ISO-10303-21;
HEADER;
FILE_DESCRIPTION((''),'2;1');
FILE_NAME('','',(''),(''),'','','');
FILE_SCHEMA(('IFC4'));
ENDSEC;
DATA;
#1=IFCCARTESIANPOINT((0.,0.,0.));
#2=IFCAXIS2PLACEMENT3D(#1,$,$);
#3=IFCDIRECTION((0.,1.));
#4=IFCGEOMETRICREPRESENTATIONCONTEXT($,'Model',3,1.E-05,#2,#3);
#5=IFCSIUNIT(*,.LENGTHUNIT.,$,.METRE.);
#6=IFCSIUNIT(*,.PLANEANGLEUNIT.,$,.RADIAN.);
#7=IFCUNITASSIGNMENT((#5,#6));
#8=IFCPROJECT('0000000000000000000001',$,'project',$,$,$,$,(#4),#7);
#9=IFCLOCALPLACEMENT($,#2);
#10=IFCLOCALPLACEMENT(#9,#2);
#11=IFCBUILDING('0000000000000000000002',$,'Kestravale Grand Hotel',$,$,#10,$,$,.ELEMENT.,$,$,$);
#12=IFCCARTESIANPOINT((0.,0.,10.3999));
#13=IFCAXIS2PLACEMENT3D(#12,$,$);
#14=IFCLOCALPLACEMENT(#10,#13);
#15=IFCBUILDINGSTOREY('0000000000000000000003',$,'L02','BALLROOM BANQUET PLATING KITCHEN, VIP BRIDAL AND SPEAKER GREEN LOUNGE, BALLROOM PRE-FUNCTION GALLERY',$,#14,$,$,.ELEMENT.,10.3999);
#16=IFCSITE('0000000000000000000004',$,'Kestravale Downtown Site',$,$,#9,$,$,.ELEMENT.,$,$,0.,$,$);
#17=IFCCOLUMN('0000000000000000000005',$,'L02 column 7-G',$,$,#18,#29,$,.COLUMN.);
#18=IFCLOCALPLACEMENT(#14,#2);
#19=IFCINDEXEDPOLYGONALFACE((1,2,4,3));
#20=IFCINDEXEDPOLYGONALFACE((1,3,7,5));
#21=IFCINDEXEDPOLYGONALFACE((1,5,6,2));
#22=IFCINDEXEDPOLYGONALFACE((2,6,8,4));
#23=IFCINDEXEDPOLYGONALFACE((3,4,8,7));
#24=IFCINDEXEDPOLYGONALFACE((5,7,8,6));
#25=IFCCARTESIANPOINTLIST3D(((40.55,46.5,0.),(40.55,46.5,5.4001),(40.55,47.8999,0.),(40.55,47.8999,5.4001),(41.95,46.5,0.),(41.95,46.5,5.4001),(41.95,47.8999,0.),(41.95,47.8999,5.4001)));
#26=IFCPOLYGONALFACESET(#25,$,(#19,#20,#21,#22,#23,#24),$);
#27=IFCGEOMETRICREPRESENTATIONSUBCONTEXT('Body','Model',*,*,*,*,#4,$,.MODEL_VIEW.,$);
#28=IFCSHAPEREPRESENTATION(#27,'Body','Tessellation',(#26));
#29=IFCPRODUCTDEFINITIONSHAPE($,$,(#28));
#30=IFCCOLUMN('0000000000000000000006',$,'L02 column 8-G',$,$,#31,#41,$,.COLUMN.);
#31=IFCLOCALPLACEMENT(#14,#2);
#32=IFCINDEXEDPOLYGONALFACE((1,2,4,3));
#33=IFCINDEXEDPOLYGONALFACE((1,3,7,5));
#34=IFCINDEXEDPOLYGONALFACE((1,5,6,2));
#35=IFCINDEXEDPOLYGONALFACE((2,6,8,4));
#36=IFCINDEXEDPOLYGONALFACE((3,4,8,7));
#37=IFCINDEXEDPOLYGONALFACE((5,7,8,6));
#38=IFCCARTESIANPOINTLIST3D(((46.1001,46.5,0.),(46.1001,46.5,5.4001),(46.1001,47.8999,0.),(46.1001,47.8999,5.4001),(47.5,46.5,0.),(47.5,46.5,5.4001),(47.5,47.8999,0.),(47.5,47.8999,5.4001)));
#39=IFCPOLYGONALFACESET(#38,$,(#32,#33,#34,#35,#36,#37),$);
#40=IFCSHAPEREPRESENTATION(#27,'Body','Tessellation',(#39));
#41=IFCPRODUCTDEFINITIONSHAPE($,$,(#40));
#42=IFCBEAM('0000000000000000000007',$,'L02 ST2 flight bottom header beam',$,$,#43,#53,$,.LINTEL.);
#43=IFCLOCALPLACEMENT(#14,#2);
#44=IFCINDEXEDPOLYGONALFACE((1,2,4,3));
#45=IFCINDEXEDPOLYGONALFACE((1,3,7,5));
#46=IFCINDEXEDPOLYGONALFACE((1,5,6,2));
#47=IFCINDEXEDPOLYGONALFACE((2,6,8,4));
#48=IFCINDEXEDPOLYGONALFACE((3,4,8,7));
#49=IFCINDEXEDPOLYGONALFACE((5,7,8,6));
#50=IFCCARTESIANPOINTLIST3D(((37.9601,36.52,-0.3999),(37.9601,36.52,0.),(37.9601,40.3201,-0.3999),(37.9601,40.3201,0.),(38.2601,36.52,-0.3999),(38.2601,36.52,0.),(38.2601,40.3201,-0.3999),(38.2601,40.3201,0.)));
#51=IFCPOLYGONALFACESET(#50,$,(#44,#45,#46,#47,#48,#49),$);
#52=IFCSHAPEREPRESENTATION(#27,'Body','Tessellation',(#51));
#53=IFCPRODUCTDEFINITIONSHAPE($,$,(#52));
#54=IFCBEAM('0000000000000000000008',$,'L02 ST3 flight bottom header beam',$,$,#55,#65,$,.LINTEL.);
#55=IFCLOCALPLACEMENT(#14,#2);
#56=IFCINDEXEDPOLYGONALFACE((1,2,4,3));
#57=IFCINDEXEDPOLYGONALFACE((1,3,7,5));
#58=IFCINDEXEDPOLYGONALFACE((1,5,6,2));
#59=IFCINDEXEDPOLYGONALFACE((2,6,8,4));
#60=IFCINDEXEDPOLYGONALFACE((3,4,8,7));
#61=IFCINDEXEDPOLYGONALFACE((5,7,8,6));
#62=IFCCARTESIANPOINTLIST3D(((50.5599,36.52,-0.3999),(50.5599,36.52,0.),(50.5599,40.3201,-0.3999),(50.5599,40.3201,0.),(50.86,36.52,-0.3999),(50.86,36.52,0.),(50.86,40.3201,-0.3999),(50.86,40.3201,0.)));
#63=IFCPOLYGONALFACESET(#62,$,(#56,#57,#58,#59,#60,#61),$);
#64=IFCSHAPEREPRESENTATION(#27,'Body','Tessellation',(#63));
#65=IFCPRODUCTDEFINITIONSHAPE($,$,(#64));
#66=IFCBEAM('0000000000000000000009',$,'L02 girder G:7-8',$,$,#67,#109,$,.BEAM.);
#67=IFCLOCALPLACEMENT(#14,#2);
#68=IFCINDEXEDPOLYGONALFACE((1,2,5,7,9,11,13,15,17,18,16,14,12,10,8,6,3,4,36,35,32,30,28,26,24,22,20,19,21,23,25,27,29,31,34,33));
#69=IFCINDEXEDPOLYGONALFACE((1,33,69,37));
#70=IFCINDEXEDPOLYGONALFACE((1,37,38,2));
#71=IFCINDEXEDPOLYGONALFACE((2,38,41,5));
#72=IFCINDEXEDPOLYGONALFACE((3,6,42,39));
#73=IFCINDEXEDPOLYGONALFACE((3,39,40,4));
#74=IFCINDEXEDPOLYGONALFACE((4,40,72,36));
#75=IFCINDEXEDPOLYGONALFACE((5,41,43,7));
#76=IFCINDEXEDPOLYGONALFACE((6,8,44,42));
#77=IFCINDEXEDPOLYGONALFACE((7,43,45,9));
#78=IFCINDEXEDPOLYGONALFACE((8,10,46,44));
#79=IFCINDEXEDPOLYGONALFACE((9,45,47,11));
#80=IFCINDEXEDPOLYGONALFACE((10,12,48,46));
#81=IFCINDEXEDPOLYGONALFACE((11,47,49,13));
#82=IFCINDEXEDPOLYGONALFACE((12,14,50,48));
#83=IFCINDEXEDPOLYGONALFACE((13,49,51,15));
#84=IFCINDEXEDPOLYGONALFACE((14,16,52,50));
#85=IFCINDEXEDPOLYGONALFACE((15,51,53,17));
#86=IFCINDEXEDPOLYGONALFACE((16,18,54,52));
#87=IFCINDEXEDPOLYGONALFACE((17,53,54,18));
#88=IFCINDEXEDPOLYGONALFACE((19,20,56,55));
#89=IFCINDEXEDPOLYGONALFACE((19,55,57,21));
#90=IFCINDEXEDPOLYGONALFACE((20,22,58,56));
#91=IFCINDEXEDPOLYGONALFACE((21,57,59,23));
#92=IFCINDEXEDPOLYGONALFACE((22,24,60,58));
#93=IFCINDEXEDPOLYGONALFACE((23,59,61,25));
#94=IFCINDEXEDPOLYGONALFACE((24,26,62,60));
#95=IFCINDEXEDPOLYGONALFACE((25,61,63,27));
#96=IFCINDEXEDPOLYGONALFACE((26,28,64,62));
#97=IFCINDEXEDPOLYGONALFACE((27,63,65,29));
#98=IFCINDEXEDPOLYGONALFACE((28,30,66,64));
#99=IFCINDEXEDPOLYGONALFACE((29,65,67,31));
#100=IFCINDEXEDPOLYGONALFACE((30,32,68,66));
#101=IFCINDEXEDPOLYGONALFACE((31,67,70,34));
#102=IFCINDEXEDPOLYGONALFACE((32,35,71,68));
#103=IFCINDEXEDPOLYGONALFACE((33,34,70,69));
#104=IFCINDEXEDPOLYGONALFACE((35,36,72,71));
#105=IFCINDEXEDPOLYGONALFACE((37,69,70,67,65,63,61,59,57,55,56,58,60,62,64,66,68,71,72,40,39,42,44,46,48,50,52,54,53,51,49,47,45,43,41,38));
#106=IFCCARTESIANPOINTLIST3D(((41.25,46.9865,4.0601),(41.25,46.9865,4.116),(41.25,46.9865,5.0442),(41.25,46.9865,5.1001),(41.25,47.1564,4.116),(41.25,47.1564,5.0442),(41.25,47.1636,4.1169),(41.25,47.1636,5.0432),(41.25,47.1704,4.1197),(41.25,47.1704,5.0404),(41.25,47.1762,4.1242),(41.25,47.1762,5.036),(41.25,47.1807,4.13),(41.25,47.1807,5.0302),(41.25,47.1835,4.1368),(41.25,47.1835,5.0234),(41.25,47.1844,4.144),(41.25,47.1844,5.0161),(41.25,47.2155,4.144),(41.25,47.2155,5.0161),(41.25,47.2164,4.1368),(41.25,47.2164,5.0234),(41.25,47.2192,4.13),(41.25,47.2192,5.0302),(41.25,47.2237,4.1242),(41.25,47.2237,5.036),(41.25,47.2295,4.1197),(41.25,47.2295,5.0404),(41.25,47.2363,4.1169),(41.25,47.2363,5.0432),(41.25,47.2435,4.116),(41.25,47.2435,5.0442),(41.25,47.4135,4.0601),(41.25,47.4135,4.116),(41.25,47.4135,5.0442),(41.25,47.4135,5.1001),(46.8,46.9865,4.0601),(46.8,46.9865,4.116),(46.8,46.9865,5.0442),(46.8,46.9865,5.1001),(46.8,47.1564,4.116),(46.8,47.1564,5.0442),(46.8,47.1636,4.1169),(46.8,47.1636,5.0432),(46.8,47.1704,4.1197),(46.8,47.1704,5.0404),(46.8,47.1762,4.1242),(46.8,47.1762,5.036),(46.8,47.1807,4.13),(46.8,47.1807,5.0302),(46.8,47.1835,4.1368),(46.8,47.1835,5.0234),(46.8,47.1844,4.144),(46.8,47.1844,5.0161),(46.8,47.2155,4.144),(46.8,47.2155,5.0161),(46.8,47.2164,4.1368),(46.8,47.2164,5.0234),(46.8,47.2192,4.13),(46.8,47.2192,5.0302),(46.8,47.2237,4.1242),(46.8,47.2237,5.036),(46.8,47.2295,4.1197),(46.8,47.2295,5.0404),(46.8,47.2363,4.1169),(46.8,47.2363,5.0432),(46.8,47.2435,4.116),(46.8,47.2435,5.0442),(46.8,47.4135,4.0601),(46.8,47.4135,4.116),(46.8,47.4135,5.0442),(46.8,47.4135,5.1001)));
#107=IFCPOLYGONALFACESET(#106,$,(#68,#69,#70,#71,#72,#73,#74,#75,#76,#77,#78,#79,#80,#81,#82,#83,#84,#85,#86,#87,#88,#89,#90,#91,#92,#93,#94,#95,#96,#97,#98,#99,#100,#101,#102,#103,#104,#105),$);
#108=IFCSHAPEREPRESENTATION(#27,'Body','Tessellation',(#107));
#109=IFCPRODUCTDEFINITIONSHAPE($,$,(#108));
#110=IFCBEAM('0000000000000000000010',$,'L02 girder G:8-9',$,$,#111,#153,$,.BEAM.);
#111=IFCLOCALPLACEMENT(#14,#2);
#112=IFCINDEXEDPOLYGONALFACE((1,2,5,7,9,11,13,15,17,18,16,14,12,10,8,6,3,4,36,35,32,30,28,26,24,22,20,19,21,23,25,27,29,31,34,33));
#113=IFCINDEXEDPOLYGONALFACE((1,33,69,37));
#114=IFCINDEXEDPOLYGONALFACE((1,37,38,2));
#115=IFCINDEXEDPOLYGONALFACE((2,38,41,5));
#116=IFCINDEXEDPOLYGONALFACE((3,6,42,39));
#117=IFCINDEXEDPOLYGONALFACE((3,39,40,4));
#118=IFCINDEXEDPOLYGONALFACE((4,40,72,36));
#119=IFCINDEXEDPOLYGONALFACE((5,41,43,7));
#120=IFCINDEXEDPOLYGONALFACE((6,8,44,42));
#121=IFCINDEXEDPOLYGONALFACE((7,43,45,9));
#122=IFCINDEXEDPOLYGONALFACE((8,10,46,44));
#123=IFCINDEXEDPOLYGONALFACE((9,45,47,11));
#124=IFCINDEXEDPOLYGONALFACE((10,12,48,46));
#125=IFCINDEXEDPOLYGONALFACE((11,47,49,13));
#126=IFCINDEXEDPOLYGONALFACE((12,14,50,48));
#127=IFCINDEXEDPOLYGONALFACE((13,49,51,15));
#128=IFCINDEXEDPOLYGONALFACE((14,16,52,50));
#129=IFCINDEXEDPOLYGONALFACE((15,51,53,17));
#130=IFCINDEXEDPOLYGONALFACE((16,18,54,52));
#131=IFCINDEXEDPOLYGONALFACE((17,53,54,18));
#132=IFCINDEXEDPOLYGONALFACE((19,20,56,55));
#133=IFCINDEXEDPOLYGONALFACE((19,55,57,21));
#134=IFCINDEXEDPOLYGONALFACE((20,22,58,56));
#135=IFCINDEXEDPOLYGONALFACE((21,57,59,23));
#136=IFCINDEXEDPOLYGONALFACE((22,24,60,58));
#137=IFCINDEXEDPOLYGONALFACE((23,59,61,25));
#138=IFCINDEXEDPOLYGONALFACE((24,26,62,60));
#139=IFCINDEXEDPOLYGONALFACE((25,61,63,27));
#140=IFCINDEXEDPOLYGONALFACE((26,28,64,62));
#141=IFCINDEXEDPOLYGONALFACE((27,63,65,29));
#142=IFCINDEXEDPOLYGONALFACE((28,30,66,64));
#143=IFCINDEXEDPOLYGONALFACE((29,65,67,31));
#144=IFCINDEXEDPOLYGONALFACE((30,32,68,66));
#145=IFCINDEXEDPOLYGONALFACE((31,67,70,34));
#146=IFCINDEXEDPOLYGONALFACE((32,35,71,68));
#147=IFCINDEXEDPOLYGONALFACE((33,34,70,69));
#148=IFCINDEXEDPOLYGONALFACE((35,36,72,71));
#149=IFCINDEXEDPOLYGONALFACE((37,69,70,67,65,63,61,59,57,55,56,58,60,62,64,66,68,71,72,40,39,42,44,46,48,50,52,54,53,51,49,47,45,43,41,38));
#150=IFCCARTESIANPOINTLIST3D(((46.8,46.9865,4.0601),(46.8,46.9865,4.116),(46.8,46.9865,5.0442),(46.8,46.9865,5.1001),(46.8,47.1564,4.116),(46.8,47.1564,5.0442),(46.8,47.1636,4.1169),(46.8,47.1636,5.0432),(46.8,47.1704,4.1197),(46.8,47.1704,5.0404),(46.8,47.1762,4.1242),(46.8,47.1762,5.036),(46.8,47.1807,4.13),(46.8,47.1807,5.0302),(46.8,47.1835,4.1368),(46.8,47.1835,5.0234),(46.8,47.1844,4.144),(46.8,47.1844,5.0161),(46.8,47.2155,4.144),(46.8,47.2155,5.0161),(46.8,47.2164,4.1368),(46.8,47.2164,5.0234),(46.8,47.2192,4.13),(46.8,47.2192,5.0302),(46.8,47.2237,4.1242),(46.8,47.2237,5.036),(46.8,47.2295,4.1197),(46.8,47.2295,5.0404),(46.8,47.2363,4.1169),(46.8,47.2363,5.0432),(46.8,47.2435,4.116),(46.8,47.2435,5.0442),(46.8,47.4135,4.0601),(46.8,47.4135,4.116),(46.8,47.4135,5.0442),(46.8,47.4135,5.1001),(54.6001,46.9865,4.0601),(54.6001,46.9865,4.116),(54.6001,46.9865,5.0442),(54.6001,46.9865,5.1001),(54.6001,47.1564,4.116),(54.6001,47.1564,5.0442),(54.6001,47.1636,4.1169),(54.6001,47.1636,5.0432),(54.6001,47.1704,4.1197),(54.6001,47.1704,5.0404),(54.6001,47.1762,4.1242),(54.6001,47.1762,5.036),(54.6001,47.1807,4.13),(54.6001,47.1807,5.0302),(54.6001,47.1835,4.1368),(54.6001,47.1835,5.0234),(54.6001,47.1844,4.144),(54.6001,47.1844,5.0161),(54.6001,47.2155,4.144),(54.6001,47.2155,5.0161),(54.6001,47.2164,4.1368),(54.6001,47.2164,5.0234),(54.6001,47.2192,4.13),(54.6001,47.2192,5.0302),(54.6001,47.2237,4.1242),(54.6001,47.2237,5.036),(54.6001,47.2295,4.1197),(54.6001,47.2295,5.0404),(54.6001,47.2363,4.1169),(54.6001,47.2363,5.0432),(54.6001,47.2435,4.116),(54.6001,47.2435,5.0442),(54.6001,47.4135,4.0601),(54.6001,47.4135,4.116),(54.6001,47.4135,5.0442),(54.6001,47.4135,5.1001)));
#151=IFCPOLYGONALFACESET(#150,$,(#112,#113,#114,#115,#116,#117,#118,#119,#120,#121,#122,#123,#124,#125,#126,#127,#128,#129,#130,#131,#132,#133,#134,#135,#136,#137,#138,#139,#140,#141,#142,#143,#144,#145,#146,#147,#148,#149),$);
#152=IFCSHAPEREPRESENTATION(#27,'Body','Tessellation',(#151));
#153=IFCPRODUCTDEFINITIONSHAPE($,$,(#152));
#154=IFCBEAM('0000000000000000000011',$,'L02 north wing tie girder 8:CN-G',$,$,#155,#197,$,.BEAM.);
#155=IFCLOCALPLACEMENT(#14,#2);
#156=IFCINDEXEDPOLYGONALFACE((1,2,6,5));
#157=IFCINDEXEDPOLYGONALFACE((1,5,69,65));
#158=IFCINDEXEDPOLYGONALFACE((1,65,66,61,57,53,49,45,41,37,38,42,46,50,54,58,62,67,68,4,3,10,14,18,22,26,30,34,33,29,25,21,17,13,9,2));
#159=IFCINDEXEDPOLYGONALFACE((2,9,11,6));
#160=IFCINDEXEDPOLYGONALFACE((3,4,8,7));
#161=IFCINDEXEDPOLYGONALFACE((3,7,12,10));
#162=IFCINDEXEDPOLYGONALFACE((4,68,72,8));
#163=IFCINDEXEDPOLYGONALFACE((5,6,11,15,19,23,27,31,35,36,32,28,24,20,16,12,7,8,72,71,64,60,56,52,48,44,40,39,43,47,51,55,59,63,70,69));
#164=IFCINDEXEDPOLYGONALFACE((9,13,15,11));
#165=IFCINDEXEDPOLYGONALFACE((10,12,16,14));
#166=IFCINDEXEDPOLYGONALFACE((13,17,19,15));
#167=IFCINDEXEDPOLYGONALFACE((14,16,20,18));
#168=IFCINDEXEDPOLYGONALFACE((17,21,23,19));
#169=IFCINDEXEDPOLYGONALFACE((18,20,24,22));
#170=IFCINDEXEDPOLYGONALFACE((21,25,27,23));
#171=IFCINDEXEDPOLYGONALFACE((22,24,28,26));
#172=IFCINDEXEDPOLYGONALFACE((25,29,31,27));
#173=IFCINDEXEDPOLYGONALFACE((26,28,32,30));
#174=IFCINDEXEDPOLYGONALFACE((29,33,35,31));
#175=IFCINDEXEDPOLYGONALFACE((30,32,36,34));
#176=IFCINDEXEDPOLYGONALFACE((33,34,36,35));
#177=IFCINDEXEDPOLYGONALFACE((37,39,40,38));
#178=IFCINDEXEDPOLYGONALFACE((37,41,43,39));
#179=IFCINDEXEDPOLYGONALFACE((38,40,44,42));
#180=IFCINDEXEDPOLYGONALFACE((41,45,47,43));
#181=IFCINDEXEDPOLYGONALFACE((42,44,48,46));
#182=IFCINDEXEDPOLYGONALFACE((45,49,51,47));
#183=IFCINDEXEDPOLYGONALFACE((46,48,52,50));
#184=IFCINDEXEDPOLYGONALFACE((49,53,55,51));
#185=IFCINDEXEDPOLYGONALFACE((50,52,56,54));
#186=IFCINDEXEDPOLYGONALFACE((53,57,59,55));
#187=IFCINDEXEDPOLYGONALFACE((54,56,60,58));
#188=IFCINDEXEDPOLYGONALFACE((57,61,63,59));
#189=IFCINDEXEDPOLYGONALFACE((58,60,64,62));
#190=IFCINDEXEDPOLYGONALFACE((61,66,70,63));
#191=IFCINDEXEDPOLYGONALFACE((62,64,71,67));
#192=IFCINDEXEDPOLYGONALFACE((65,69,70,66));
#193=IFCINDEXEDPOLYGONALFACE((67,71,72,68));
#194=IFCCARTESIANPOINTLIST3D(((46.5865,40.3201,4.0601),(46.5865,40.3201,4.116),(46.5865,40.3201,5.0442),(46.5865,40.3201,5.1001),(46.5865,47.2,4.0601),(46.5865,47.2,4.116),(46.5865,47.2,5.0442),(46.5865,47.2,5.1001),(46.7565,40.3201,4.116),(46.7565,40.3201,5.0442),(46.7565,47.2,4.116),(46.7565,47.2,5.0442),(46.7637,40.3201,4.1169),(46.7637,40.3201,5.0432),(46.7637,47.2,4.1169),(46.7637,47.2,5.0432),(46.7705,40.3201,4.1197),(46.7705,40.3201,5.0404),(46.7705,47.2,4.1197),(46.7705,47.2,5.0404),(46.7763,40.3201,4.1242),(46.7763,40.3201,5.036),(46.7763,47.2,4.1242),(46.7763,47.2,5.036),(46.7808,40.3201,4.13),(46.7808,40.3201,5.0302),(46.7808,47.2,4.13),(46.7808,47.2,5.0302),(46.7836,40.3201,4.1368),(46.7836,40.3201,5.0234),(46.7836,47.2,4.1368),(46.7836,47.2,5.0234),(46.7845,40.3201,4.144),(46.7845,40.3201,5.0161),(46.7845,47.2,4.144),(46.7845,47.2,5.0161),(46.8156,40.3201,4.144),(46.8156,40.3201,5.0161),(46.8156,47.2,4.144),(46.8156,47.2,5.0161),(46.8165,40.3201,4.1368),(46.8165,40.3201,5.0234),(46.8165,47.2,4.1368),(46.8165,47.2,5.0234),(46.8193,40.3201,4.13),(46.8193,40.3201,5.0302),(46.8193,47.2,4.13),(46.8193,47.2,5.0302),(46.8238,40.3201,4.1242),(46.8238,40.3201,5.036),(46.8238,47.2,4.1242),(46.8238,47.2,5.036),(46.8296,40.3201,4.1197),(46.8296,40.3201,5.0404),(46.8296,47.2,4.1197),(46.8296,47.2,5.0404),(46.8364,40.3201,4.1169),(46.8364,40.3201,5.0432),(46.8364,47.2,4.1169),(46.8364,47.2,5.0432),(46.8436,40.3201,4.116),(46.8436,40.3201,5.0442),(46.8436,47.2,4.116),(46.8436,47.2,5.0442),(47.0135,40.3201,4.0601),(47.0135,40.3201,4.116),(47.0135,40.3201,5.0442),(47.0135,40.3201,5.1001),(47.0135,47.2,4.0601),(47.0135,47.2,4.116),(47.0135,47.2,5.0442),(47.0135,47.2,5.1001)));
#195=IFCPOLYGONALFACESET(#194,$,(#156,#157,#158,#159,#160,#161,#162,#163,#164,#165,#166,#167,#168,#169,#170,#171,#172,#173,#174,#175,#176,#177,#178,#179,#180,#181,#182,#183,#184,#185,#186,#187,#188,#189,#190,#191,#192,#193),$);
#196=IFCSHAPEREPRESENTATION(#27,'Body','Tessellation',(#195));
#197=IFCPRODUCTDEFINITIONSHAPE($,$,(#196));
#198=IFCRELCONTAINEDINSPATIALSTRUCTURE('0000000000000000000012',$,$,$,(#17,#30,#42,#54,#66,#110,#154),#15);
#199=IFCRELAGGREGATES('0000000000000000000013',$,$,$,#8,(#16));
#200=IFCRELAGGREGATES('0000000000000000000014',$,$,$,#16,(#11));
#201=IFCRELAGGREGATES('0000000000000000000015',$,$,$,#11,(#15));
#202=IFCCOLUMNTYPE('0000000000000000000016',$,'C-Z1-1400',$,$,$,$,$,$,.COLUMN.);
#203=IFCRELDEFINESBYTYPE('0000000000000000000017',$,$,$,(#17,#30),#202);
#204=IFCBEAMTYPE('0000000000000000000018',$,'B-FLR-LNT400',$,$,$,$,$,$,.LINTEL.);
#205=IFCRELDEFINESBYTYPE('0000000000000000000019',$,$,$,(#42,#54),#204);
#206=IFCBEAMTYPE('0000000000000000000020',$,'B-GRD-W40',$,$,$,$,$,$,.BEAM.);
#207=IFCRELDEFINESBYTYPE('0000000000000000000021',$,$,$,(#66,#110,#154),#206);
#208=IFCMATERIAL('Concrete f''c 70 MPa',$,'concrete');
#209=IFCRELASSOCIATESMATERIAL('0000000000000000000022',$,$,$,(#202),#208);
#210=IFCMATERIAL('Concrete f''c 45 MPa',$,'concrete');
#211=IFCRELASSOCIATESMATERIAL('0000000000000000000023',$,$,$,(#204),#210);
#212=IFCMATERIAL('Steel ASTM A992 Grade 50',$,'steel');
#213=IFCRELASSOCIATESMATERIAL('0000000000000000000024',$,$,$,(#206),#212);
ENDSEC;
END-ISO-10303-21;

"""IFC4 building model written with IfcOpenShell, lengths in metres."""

from ifc_helpers import new_model, si_unit, direction, frame, origin, origin_2d, place, context, subcontext, project, spatial, rectangle, i_section, extrude, material, material_profile, profile_set, type_object, element, save


model = new_model("IFC4")

# Units and contexts
model_context = context("Model", 3, precision=1e-05, world=origin(), true_north=direction((0.0, 1.0)))
body_context = subcontext(model_context, "Body", "Model", "MODEL_VIEW")
ifc_project = project(units=[si_unit("LENGTHUNIT", "METRE"), si_unit("PLANEANGLEUNIT", "RADIAN")], contexts=[model_context])

# Site, building, storey
site_placement = place(None, origin())
site = spatial("IfcSite", under=ifc_project, at=site_placement, Name="Kestravale Downtown Site", CompositionType="ELEMENT", RefElevation=0.0)
building_placement = place(site_placement, origin())
building = spatial("IfcBuilding", under=site, at=building_placement, Name="Kestravale Grand Hotel", CompositionType="ELEMENT")
storey_placement = place(building_placement, frame((0.0, 0.0, 10.3999)))
storey = spatial("IfcBuildingStorey", under=building, at=storey_placement, Name="L02", Description="BALLROOM BANQUET PLATING KITCHEN, VIP BRIDAL AND SPEAKER GREEN LOUNGE, BALLROOM PRE-FUNCTION GALLERY", CompositionType="ELEMENT", Elevation=10.3999)

# Columns
ifc_material_1 = material(Name="Concrete f'c 70 MPa", Category="concrete")
ifc_material_profile_1 = material_profile(ifc_material_1, rectangle(XDim=1.3999, YDim=1.3999, at=origin_2d()))
ifc_profile_set_1 = profile_set([ifc_material_profile_1], Name="Concrete f'c 70 MPa")
column_type = type_object("IfcColumnType", Name="C-Z1-1400", PredefinedType="COLUMN", material=ifc_profile_set_1)
for number, where, z_axis, x_axis, name in (
    (1, (41.25, 47.2, 0.0), (0.0, 0.0, 1.0), (1.0, 0.0, 0.0), "L02 column 7-G"),
    (2, (46.8, 47.2, 0.0), (0.0, 0.0, 1.0), (1.0, 0.0, 0.0), "L02 column 8-G"),
):
    element("IfcColumn", number, at=place(storey_placement, frame(where, z_axis=z_axis, x_axis=x_axis)), inside=storey, type_object=column_type, Name=name, PredefinedType="COLUMN", context=body_context, shape_type="SweptSolid", body=[
        extrude(rectangle(XDim=1.3999, YDim=1.3999, at=origin_2d()), origin(), (0.0, 0.0, 1.0), 5.4001),
    ])

# Beams
ifc_material_2 = material(Name="Concrete f'c 45 MPa", Category="concrete")
ifc_material_profile_2 = material_profile(ifc_material_2, rectangle(XDim=0.3, YDim=0.3999, at=origin_2d()))
ifc_profile_set_2 = profile_set([ifc_material_profile_2], Name="Concrete f'c 45 MPa")
beam_type_1 = type_object("IfcBeamType", Name="B-FLR-LNT400", PredefinedType="LINTEL", material=ifc_profile_set_2)
for number, where, z_axis, x_axis, name in (
    (3, (38.1101, 36.52, -0.2), (0.0, 1.0, 0.0), (-1.0, 0.0, 0.0), "L02 ST2 flight bottom header beam"),
    (4, (50.71, 36.52, -0.2), (0.0, 1.0, 0.0), (-1.0, 0.0, 0.0), "L02 ST3 flight bottom header beam"),
):
    element("IfcBeam", number, at=place(storey_placement, frame(where, z_axis=z_axis, x_axis=x_axis)), inside=storey, type_object=beam_type_1, Name=name, PredefinedType="LINTEL", context=body_context, shape_type="SweptSolid", body=[
        extrude(rectangle(XDim=0.3, YDim=0.3999, at=origin_2d()), origin(), (0.0, 0.0, 1.0), 3.8),
    ])
ifc_material_3 = material(Name="Steel ASTM A992 Grade 50", Category="steel")
ifc_material_profile_3 = material_profile(ifc_material_3, i_section(OverallWidth=0.427, OverallDepth=1.04, WebThickness=0.031, FlangeThickness=0.0559, FilletRadius=0.0281, at=origin_2d()))
ifc_profile_set_3 = profile_set([ifc_material_profile_3], Name="Steel ASTM A992 Grade 50")
beam_type_2 = type_object("IfcBeamType", Name="B-GRD-W40", PredefinedType="BEAM", material=ifc_profile_set_3)
beam_1_placement = place(storey_placement, frame((41.25, 47.2, 4.5801), z_axis=(1.0, 0.0, 0.0), x_axis=(0.0, 1.0, 0.0)))
element("IfcBeam", 5, at=beam_1_placement, inside=storey, type_object=beam_type_2, Name="L02 girder G:7-8", PredefinedType="BEAM", context=body_context, shape_type="SweptSolid", body=[
    extrude(i_section(OverallWidth=0.427, OverallDepth=1.04, WebThickness=0.031, FlangeThickness=0.0559, FilletRadius=0.0281, at=origin_2d()), origin(), (0.0, 0.0, 1.0), 5.55),
])
beam_2_placement = place(storey_placement, frame((46.8, 47.2, 4.5801), z_axis=(1.0, 0.0, 0.0), x_axis=(0.0, 1.0, 0.0)))
element("IfcBeam", 6, at=beam_2_placement, inside=storey, type_object=beam_type_2, Name="L02 girder G:8-9", PredefinedType="BEAM", context=body_context, shape_type="SweptSolid", body=[
    extrude(i_section(OverallWidth=0.427, OverallDepth=1.04, WebThickness=0.031, FlangeThickness=0.0559, FilletRadius=0.0281, at=origin_2d()), origin(), (0.0, 0.0, 1.0), 7.8),
])
beam_3_placement = place(storey_placement, frame((46.8, 40.3201, 4.5801), z_axis=(0.0, 1.0, 0.0), x_axis=(-1.0, 0.0, 0.0)))
element("IfcBeam", 7, at=beam_3_placement, inside=storey, type_object=beam_type_2, Name="L02 north wing tie girder 8:CN-G", PredefinedType="BEAM", context=body_context, shape_type="SweptSolid", body=[
    extrude(i_section(OverallWidth=0.427, OverallDepth=1.04, WebThickness=0.031, FlangeThickness=0.0559, FilletRadius=0.0281, at=origin_2d()), origin(), (0.0, 0.0, 1.0), 6.8799),
])

save(model, "model.ifc")
